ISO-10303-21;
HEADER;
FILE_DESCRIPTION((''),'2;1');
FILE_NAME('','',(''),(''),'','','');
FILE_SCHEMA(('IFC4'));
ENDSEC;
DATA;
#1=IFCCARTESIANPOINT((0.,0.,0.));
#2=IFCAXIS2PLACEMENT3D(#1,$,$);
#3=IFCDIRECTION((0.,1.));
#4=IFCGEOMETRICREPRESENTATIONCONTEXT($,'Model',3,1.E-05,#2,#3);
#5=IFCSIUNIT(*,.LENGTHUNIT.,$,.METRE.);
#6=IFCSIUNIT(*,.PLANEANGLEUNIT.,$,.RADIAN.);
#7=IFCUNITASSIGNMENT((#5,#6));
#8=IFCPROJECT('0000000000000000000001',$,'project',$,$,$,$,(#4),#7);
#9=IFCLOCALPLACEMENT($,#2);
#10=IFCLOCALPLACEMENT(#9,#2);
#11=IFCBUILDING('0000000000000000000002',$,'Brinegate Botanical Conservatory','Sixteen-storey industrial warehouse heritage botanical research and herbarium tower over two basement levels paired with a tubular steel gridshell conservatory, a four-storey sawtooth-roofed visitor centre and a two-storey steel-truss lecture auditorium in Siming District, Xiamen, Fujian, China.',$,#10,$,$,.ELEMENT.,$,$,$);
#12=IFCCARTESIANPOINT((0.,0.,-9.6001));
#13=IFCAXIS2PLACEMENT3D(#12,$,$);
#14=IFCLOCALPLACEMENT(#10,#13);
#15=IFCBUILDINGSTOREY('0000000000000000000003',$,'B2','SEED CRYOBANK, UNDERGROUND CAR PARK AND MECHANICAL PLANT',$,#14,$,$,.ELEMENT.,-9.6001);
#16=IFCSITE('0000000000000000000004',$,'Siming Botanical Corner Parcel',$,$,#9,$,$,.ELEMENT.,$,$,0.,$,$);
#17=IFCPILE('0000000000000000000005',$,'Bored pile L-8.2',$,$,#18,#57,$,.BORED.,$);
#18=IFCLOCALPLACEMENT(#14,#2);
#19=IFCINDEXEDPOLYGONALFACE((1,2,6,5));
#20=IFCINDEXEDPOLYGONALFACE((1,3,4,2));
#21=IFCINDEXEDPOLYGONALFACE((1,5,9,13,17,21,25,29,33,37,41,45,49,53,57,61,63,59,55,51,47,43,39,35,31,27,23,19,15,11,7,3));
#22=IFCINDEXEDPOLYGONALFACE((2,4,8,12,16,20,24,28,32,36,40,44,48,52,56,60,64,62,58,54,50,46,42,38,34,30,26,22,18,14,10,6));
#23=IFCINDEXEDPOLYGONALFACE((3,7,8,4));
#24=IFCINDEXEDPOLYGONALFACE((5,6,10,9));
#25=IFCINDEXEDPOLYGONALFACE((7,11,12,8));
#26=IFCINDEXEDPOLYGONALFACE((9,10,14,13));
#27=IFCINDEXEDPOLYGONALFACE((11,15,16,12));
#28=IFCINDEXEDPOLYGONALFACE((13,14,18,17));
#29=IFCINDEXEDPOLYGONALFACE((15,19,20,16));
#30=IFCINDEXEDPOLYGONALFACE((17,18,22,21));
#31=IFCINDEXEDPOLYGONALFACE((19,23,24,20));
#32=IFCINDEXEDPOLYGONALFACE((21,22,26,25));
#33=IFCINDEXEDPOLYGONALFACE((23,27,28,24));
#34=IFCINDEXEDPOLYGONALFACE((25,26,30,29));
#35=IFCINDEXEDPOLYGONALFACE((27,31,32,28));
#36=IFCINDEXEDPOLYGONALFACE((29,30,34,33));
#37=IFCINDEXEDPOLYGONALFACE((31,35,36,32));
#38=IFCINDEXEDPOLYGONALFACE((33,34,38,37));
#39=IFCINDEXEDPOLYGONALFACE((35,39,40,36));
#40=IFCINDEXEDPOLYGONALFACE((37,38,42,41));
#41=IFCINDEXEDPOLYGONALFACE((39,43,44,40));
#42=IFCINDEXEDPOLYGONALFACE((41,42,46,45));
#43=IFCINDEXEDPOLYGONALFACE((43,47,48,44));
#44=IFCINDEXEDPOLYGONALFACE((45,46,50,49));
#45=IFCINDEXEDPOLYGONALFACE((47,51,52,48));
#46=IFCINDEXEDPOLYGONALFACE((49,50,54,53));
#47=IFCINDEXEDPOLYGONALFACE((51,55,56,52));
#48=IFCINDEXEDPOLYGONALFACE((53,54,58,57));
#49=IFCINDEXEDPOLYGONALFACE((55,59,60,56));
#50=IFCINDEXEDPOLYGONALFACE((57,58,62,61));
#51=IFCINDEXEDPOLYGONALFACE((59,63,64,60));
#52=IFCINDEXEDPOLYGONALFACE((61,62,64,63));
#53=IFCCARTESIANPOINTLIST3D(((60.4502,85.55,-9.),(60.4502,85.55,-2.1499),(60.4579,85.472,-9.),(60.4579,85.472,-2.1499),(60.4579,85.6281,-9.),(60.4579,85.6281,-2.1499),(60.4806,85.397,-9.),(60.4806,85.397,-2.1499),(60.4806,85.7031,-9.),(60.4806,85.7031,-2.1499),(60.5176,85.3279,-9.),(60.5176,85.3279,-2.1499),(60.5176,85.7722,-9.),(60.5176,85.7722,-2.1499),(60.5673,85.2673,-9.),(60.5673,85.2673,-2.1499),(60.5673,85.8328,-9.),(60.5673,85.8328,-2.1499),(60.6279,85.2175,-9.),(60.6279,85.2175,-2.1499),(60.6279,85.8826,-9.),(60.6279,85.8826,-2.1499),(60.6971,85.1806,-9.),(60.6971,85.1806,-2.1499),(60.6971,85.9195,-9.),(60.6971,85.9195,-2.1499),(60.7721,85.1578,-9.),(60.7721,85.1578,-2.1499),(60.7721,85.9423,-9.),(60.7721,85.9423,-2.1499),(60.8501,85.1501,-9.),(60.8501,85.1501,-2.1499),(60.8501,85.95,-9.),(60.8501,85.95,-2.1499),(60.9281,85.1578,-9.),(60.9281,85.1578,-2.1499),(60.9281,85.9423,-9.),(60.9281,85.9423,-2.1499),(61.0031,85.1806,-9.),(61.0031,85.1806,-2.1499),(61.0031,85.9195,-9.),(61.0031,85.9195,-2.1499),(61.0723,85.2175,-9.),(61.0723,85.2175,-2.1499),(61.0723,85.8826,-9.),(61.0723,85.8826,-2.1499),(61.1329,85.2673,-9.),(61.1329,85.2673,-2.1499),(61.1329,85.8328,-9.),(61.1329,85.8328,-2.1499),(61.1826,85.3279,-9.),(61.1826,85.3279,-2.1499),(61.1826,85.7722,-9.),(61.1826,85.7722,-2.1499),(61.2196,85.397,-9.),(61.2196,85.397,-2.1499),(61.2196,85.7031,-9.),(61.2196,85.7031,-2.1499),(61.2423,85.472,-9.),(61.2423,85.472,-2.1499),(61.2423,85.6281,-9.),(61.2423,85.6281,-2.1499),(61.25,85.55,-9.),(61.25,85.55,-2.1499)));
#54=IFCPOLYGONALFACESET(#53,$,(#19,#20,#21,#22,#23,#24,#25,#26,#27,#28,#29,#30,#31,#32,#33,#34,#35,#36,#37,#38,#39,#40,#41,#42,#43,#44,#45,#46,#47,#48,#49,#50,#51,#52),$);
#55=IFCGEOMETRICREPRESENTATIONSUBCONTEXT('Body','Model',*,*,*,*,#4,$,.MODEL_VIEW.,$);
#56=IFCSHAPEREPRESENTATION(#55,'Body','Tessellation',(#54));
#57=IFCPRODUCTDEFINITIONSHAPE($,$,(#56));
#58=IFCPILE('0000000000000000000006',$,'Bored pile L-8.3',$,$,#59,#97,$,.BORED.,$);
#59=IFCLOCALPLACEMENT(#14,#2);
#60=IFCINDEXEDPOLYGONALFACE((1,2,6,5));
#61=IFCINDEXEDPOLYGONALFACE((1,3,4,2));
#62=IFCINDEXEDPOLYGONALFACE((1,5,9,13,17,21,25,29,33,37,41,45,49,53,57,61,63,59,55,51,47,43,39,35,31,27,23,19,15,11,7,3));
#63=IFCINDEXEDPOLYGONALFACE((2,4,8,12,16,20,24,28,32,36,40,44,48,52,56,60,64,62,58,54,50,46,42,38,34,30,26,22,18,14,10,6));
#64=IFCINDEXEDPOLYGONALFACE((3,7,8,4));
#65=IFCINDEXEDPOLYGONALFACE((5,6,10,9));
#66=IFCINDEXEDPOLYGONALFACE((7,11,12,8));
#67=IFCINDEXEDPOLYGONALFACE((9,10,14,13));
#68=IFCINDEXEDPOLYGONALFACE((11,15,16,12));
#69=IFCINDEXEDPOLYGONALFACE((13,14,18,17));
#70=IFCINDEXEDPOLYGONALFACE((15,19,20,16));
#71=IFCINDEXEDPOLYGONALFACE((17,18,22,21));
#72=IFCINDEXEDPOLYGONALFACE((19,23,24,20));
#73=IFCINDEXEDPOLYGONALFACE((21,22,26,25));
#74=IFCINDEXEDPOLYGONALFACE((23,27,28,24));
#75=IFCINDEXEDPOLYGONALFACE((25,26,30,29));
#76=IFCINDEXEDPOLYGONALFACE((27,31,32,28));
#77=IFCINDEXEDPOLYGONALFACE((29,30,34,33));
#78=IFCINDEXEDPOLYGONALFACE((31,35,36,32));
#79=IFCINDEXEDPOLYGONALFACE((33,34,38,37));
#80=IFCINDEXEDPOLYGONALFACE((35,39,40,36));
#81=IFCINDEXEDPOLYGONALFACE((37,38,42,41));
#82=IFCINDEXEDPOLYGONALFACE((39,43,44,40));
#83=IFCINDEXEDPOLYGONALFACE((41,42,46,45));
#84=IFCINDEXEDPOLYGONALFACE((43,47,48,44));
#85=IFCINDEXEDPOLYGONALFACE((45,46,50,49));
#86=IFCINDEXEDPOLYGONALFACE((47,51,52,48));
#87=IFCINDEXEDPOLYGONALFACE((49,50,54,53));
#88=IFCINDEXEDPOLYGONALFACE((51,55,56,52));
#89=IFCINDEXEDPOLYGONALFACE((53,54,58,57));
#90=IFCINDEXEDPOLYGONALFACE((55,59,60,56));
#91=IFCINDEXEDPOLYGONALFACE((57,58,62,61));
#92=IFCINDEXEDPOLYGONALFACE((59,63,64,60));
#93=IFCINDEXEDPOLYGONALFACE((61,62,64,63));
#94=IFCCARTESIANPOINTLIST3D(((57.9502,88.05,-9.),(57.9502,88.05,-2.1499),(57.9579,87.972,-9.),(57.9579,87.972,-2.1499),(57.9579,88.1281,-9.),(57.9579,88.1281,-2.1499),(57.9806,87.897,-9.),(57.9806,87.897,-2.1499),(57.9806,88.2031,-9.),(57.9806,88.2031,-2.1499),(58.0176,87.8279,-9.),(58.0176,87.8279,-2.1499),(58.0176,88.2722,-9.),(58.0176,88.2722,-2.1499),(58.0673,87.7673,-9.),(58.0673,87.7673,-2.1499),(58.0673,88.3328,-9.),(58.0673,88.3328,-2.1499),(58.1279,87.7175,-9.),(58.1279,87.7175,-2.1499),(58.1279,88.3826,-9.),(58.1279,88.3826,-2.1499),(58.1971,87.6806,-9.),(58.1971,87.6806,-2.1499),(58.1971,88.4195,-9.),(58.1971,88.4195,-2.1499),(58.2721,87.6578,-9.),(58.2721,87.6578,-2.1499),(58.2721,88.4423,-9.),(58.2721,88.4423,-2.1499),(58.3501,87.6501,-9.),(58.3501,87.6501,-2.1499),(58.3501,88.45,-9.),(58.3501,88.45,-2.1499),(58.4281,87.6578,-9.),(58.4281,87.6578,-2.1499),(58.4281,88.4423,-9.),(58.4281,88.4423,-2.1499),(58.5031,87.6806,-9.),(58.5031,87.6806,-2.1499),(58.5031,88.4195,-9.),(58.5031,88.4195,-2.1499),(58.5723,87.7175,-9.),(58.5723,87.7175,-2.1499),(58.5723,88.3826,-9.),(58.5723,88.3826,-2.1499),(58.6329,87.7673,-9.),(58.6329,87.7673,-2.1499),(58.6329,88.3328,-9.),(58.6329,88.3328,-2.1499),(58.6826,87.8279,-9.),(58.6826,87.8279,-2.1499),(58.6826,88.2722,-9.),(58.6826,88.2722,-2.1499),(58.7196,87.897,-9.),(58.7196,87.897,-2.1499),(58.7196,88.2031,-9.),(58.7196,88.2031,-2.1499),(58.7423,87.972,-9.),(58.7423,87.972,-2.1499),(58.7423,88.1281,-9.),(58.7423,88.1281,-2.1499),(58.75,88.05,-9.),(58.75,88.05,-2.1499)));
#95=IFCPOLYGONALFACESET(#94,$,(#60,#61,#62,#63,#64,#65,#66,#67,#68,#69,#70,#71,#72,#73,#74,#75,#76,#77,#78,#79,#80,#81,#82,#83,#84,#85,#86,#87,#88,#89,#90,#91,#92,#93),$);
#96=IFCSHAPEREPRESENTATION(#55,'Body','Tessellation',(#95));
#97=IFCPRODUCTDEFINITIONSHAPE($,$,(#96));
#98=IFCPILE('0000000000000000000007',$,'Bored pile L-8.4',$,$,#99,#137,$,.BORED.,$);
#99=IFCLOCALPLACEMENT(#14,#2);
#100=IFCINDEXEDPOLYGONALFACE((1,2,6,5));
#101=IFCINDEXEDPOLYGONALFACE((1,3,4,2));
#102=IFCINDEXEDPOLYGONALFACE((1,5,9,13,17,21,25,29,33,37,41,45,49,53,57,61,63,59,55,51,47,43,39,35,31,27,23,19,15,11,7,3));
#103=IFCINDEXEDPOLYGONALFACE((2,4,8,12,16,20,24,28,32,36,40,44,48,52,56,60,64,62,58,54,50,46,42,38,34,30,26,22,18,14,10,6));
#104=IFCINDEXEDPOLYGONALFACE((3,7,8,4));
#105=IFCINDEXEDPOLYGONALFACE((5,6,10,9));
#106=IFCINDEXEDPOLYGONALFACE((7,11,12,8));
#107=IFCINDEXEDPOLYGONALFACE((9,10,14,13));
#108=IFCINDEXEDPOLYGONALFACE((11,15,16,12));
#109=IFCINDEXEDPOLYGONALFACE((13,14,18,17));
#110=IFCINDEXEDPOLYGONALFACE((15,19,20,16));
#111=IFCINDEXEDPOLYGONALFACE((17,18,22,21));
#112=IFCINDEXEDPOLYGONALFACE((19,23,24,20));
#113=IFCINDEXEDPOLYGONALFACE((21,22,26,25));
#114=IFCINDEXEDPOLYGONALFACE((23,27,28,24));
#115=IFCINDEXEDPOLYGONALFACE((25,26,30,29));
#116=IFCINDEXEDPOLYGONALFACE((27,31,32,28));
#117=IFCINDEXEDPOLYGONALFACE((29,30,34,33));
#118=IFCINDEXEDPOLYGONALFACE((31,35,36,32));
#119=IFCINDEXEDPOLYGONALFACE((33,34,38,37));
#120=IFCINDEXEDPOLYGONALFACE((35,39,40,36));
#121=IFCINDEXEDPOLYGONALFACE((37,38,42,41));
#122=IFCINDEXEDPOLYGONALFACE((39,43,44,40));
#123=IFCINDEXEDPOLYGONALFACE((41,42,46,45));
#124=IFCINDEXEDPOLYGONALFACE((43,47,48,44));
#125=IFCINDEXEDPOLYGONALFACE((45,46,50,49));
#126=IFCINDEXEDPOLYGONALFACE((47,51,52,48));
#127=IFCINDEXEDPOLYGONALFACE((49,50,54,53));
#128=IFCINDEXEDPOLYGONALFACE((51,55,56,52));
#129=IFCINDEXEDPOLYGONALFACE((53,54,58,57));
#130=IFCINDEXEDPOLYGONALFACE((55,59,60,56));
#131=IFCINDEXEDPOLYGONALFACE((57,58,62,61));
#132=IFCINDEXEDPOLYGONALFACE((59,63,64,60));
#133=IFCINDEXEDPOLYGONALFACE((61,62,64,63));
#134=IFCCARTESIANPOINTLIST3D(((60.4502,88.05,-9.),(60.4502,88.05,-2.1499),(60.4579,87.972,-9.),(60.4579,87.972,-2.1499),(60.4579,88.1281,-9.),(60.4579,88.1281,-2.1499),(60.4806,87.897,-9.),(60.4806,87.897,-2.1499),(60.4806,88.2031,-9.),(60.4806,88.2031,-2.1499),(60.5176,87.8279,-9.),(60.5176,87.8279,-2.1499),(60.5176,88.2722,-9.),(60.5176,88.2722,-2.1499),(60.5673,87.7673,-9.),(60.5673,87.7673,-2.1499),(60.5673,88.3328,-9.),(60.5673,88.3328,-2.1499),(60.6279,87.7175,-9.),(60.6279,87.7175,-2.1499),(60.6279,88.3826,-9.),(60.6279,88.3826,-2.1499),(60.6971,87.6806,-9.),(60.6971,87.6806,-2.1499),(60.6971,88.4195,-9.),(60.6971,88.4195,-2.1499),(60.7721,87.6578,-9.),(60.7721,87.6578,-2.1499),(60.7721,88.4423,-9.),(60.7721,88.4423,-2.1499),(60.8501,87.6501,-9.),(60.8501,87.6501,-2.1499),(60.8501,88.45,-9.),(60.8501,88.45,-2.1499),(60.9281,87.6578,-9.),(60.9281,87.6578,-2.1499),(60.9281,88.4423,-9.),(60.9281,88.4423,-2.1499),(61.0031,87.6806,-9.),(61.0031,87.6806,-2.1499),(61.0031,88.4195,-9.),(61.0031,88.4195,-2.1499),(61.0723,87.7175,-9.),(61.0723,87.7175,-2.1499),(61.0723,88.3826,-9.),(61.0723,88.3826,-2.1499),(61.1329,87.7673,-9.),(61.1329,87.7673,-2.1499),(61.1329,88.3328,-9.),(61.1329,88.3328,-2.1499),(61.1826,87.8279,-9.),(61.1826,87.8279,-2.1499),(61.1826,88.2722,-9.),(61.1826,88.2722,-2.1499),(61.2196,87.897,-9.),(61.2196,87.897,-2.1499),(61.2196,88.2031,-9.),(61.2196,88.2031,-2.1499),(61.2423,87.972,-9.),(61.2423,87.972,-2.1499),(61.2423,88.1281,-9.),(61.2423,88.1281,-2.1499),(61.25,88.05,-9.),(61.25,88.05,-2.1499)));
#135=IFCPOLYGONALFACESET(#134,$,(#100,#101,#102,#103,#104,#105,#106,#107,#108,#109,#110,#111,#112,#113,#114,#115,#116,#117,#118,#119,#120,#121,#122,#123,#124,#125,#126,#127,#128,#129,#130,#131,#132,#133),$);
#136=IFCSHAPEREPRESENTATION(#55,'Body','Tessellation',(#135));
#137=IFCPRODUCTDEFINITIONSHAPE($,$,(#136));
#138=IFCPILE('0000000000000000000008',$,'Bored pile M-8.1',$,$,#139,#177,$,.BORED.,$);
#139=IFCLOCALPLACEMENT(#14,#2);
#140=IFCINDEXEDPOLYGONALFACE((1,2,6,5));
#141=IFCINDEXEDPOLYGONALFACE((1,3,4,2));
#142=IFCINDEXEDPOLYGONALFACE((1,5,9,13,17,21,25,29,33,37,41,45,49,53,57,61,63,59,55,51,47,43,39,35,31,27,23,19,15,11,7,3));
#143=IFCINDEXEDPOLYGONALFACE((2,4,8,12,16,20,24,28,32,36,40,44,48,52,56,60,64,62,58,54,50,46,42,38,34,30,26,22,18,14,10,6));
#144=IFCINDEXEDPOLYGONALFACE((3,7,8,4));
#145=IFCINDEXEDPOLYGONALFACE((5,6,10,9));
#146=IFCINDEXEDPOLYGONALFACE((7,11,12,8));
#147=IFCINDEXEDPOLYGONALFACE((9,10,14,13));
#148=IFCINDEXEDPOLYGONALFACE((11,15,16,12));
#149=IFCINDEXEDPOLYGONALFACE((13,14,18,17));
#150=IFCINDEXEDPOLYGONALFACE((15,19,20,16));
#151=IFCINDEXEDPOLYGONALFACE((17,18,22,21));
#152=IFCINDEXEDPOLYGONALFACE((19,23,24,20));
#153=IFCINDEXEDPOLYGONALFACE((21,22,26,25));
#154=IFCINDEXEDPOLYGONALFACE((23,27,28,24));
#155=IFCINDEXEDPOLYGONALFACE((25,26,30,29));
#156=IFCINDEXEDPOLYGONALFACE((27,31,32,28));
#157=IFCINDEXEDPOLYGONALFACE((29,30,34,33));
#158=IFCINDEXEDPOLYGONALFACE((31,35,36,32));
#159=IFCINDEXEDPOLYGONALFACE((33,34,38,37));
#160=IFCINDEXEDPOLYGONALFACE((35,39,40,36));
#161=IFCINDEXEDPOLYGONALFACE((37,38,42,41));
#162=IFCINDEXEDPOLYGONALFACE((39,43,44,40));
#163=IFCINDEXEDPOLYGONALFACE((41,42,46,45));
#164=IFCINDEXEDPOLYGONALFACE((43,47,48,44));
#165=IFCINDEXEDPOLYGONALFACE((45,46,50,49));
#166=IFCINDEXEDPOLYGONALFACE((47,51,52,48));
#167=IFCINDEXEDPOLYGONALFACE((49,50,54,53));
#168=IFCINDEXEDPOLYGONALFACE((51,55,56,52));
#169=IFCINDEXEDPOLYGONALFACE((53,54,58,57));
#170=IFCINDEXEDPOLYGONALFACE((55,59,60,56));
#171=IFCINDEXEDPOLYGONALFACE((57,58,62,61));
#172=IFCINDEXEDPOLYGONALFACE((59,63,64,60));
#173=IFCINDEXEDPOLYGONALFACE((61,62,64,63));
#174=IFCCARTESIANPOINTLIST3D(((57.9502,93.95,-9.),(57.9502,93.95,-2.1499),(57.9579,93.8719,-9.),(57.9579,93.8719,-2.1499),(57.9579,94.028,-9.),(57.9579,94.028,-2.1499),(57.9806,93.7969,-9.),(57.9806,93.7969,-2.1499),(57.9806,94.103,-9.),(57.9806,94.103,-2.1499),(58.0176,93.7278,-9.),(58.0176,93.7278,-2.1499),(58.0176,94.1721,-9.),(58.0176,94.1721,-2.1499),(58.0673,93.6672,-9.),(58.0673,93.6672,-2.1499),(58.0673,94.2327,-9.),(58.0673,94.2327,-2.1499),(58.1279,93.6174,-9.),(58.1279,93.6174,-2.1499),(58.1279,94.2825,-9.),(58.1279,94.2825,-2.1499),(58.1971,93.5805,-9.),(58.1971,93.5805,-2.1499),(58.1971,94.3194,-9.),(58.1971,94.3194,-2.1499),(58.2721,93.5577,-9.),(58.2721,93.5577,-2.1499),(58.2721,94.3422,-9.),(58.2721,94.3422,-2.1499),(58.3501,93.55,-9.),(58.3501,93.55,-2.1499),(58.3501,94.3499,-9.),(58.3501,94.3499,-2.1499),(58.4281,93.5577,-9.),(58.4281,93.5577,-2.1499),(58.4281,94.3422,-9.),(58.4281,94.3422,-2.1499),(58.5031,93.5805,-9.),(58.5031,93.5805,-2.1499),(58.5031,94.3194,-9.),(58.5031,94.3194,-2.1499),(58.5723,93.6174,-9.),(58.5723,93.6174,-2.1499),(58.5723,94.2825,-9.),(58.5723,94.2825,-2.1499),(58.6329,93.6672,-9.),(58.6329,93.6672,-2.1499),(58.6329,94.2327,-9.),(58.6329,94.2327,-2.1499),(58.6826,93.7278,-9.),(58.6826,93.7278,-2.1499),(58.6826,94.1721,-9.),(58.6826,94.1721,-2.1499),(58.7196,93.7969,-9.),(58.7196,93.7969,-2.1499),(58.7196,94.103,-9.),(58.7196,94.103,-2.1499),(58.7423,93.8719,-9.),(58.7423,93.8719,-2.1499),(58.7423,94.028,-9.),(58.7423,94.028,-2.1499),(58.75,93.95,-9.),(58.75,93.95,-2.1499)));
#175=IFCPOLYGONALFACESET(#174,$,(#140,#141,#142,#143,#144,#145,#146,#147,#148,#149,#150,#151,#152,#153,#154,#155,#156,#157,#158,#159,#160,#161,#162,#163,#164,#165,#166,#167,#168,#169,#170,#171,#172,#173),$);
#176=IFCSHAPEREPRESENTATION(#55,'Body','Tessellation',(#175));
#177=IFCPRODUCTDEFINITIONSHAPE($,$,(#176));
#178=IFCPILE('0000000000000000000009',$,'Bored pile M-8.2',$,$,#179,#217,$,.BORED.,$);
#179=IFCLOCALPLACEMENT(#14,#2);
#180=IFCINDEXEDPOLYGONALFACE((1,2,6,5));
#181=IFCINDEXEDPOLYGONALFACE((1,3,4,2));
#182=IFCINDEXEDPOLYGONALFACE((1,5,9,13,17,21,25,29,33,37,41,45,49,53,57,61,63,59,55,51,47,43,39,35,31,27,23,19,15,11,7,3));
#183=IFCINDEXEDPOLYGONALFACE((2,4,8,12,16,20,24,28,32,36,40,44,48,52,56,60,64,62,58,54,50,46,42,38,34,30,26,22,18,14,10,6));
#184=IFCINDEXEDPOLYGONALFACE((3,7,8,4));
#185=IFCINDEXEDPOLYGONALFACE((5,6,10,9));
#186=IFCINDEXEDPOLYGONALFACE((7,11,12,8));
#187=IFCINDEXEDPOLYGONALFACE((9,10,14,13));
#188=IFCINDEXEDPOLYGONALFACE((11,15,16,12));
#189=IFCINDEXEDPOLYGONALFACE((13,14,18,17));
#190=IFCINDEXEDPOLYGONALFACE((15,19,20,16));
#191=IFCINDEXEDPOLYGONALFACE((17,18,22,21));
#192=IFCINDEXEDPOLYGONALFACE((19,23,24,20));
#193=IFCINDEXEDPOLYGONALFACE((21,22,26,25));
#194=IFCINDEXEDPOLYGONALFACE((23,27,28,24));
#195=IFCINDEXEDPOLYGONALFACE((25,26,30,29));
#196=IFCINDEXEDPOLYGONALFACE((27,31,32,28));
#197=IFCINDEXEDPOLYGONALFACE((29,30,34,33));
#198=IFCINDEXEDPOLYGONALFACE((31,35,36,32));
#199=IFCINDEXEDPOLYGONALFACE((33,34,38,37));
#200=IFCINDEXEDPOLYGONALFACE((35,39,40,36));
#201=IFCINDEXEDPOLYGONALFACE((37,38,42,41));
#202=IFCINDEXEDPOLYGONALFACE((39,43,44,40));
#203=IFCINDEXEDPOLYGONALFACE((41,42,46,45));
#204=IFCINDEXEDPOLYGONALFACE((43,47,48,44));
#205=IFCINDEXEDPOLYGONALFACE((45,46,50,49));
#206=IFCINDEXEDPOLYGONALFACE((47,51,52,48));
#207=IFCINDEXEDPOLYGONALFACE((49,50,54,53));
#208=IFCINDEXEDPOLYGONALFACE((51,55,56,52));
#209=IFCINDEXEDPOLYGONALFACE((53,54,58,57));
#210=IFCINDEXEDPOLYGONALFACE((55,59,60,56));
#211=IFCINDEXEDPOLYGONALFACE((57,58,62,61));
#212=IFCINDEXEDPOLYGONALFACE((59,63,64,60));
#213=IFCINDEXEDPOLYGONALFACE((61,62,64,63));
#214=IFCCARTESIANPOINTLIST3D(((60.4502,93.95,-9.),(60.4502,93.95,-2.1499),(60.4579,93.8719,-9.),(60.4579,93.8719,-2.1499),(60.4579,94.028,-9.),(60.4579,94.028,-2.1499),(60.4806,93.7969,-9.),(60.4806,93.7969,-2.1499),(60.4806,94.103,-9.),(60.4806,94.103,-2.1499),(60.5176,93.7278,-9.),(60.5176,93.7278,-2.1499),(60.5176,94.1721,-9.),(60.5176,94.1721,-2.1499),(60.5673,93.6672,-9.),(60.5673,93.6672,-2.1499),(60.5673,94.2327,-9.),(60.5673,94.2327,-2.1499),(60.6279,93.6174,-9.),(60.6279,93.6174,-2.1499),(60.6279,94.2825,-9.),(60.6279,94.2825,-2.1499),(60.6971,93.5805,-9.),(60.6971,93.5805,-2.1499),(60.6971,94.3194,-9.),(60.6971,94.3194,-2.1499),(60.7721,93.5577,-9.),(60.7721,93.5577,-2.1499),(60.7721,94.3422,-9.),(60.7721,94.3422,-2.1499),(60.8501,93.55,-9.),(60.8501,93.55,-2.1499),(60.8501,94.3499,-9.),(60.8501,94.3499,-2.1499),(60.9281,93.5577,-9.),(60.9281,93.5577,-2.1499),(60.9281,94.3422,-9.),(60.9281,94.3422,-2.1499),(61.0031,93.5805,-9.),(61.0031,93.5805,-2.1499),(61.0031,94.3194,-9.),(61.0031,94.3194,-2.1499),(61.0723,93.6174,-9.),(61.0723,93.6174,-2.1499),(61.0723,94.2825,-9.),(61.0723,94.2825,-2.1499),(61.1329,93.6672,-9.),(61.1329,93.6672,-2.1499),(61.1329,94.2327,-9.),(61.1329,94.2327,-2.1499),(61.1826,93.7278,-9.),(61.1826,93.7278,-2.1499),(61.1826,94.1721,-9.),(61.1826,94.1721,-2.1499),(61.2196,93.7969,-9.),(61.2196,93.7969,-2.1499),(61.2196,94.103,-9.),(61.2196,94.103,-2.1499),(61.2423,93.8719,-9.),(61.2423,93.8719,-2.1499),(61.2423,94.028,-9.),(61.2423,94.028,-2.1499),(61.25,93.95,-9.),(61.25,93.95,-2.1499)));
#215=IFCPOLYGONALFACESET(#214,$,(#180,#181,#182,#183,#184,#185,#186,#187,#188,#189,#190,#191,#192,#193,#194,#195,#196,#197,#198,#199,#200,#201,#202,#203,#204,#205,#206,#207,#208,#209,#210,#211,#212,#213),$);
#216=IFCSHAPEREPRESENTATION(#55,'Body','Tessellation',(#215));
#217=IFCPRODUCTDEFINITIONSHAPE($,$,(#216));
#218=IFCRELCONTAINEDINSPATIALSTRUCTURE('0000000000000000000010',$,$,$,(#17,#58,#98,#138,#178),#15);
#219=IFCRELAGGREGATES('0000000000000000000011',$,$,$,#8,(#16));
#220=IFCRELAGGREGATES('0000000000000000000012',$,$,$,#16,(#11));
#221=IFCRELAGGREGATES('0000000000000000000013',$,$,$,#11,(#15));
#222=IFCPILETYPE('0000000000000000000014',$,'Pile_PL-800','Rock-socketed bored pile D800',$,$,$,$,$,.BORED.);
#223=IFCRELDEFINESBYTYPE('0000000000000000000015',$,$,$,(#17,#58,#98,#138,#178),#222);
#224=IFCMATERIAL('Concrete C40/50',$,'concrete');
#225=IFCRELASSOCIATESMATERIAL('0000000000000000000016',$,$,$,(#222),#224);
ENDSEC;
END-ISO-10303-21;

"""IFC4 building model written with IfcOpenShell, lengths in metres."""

from ifc_helpers import new_model, si_unit, direction, frame, origin, origin_2d, place, context, subcontext, project, spatial, circle, extrude, material, material_profile, profile_set, type_object, element, save


model = new_model("IFC4")

# Units and contexts
model_context = context("Model", 3, precision=1e-05, world=origin(), true_north=direction((0.0, 1.0)))
body_context = subcontext(model_context, "Body", "Model", "MODEL_VIEW")
ifc_project = project(units=[si_unit("LENGTHUNIT", "METRE"), si_unit("PLANEANGLEUNIT", "RADIAN")], contexts=[model_context])

# Site, building, storey
site_placement = place(None, origin())
site = spatial("IfcSite", under=ifc_project, at=site_placement, Name="Siming Botanical Corner Parcel", CompositionType="ELEMENT", RefElevation=0.0)
building_placement = place(site_placement, origin())
building = spatial("IfcBuilding", under=site, at=building_placement, Name="Brinegate Botanical Conservatory", Description="Sixteen-storey industrial warehouse heritage botanical research and herbarium tower over two basement levels paired with a tubular steel gridshell conservatory, a four-storey sawtooth-roofed visitor centre and a two-storey steel-truss lecture auditorium in Siming District, Xiamen, Fujian, China.", CompositionType="ELEMENT")
storey_placement = place(building_placement, frame((0.0, 0.0, -9.6001)))
storey = spatial("IfcBuildingStorey", under=building, at=storey_placement, Name="B2", Description="SEED CRYOBANK, UNDERGROUND CAR PARK AND MECHANICAL PLANT", CompositionType="ELEMENT", Elevation=-9.6001)

# Shared definitions
ifc_material = material(Name="Concrete C40/50", Category="concrete")

# Piles
ifc_material_profile_1 = material_profile(ifc_material, circle(Radius=0.3999, at=origin_2d()), Name="PILE D800")
ifc_profile_set_1 = profile_set([ifc_material_profile_1], Name="Concrete C40/50")
pile_type = type_object("IfcPileType", Name="Pile_PL-800", Description="Rock-socketed bored pile D800", PredefinedType="BORED", material=ifc_profile_set_1)
for number, where, z_axis, x_axis, name in (
    (1, (60.8501, 85.55, -2.1499), (0.0, 0.0, -1.0), (1.0, 0.0, 0.0), "Bored pile L-8.2"),
    (2, (58.3501, 88.05, -2.1499), (0.0, 0.0, -1.0), (1.0, 0.0, 0.0), "Bored pile L-8.3"),
    (3, (60.8501, 88.05, -2.1499), (0.0, 0.0, -1.0), (1.0, 0.0, 0.0), "Bored pile L-8.4"),
    (4, (58.3501, 93.95, -2.1499), (0.0, 0.0, -1.0), (1.0, 0.0, 0.0), "Bored pile M-8.1"),
    (5, (60.8501, 93.95, -2.1499), (0.0, 0.0, -1.0), (1.0, 0.0, 0.0), "Bored pile M-8.2"),
):
    element("IfcPile", number, at=place(storey_placement, frame(where, z_axis=z_axis, x_axis=x_axis)), inside=storey, type_object=pile_type, Name=name, PredefinedType="BORED", context=body_context, shape_type="SweptSolid", body=[
        extrude(circle(Radius=0.3999, at=origin_2d()), origin(), (0.0, 0.0, 1.0), 6.8501),
    ])

save(model, "model.ifc")
